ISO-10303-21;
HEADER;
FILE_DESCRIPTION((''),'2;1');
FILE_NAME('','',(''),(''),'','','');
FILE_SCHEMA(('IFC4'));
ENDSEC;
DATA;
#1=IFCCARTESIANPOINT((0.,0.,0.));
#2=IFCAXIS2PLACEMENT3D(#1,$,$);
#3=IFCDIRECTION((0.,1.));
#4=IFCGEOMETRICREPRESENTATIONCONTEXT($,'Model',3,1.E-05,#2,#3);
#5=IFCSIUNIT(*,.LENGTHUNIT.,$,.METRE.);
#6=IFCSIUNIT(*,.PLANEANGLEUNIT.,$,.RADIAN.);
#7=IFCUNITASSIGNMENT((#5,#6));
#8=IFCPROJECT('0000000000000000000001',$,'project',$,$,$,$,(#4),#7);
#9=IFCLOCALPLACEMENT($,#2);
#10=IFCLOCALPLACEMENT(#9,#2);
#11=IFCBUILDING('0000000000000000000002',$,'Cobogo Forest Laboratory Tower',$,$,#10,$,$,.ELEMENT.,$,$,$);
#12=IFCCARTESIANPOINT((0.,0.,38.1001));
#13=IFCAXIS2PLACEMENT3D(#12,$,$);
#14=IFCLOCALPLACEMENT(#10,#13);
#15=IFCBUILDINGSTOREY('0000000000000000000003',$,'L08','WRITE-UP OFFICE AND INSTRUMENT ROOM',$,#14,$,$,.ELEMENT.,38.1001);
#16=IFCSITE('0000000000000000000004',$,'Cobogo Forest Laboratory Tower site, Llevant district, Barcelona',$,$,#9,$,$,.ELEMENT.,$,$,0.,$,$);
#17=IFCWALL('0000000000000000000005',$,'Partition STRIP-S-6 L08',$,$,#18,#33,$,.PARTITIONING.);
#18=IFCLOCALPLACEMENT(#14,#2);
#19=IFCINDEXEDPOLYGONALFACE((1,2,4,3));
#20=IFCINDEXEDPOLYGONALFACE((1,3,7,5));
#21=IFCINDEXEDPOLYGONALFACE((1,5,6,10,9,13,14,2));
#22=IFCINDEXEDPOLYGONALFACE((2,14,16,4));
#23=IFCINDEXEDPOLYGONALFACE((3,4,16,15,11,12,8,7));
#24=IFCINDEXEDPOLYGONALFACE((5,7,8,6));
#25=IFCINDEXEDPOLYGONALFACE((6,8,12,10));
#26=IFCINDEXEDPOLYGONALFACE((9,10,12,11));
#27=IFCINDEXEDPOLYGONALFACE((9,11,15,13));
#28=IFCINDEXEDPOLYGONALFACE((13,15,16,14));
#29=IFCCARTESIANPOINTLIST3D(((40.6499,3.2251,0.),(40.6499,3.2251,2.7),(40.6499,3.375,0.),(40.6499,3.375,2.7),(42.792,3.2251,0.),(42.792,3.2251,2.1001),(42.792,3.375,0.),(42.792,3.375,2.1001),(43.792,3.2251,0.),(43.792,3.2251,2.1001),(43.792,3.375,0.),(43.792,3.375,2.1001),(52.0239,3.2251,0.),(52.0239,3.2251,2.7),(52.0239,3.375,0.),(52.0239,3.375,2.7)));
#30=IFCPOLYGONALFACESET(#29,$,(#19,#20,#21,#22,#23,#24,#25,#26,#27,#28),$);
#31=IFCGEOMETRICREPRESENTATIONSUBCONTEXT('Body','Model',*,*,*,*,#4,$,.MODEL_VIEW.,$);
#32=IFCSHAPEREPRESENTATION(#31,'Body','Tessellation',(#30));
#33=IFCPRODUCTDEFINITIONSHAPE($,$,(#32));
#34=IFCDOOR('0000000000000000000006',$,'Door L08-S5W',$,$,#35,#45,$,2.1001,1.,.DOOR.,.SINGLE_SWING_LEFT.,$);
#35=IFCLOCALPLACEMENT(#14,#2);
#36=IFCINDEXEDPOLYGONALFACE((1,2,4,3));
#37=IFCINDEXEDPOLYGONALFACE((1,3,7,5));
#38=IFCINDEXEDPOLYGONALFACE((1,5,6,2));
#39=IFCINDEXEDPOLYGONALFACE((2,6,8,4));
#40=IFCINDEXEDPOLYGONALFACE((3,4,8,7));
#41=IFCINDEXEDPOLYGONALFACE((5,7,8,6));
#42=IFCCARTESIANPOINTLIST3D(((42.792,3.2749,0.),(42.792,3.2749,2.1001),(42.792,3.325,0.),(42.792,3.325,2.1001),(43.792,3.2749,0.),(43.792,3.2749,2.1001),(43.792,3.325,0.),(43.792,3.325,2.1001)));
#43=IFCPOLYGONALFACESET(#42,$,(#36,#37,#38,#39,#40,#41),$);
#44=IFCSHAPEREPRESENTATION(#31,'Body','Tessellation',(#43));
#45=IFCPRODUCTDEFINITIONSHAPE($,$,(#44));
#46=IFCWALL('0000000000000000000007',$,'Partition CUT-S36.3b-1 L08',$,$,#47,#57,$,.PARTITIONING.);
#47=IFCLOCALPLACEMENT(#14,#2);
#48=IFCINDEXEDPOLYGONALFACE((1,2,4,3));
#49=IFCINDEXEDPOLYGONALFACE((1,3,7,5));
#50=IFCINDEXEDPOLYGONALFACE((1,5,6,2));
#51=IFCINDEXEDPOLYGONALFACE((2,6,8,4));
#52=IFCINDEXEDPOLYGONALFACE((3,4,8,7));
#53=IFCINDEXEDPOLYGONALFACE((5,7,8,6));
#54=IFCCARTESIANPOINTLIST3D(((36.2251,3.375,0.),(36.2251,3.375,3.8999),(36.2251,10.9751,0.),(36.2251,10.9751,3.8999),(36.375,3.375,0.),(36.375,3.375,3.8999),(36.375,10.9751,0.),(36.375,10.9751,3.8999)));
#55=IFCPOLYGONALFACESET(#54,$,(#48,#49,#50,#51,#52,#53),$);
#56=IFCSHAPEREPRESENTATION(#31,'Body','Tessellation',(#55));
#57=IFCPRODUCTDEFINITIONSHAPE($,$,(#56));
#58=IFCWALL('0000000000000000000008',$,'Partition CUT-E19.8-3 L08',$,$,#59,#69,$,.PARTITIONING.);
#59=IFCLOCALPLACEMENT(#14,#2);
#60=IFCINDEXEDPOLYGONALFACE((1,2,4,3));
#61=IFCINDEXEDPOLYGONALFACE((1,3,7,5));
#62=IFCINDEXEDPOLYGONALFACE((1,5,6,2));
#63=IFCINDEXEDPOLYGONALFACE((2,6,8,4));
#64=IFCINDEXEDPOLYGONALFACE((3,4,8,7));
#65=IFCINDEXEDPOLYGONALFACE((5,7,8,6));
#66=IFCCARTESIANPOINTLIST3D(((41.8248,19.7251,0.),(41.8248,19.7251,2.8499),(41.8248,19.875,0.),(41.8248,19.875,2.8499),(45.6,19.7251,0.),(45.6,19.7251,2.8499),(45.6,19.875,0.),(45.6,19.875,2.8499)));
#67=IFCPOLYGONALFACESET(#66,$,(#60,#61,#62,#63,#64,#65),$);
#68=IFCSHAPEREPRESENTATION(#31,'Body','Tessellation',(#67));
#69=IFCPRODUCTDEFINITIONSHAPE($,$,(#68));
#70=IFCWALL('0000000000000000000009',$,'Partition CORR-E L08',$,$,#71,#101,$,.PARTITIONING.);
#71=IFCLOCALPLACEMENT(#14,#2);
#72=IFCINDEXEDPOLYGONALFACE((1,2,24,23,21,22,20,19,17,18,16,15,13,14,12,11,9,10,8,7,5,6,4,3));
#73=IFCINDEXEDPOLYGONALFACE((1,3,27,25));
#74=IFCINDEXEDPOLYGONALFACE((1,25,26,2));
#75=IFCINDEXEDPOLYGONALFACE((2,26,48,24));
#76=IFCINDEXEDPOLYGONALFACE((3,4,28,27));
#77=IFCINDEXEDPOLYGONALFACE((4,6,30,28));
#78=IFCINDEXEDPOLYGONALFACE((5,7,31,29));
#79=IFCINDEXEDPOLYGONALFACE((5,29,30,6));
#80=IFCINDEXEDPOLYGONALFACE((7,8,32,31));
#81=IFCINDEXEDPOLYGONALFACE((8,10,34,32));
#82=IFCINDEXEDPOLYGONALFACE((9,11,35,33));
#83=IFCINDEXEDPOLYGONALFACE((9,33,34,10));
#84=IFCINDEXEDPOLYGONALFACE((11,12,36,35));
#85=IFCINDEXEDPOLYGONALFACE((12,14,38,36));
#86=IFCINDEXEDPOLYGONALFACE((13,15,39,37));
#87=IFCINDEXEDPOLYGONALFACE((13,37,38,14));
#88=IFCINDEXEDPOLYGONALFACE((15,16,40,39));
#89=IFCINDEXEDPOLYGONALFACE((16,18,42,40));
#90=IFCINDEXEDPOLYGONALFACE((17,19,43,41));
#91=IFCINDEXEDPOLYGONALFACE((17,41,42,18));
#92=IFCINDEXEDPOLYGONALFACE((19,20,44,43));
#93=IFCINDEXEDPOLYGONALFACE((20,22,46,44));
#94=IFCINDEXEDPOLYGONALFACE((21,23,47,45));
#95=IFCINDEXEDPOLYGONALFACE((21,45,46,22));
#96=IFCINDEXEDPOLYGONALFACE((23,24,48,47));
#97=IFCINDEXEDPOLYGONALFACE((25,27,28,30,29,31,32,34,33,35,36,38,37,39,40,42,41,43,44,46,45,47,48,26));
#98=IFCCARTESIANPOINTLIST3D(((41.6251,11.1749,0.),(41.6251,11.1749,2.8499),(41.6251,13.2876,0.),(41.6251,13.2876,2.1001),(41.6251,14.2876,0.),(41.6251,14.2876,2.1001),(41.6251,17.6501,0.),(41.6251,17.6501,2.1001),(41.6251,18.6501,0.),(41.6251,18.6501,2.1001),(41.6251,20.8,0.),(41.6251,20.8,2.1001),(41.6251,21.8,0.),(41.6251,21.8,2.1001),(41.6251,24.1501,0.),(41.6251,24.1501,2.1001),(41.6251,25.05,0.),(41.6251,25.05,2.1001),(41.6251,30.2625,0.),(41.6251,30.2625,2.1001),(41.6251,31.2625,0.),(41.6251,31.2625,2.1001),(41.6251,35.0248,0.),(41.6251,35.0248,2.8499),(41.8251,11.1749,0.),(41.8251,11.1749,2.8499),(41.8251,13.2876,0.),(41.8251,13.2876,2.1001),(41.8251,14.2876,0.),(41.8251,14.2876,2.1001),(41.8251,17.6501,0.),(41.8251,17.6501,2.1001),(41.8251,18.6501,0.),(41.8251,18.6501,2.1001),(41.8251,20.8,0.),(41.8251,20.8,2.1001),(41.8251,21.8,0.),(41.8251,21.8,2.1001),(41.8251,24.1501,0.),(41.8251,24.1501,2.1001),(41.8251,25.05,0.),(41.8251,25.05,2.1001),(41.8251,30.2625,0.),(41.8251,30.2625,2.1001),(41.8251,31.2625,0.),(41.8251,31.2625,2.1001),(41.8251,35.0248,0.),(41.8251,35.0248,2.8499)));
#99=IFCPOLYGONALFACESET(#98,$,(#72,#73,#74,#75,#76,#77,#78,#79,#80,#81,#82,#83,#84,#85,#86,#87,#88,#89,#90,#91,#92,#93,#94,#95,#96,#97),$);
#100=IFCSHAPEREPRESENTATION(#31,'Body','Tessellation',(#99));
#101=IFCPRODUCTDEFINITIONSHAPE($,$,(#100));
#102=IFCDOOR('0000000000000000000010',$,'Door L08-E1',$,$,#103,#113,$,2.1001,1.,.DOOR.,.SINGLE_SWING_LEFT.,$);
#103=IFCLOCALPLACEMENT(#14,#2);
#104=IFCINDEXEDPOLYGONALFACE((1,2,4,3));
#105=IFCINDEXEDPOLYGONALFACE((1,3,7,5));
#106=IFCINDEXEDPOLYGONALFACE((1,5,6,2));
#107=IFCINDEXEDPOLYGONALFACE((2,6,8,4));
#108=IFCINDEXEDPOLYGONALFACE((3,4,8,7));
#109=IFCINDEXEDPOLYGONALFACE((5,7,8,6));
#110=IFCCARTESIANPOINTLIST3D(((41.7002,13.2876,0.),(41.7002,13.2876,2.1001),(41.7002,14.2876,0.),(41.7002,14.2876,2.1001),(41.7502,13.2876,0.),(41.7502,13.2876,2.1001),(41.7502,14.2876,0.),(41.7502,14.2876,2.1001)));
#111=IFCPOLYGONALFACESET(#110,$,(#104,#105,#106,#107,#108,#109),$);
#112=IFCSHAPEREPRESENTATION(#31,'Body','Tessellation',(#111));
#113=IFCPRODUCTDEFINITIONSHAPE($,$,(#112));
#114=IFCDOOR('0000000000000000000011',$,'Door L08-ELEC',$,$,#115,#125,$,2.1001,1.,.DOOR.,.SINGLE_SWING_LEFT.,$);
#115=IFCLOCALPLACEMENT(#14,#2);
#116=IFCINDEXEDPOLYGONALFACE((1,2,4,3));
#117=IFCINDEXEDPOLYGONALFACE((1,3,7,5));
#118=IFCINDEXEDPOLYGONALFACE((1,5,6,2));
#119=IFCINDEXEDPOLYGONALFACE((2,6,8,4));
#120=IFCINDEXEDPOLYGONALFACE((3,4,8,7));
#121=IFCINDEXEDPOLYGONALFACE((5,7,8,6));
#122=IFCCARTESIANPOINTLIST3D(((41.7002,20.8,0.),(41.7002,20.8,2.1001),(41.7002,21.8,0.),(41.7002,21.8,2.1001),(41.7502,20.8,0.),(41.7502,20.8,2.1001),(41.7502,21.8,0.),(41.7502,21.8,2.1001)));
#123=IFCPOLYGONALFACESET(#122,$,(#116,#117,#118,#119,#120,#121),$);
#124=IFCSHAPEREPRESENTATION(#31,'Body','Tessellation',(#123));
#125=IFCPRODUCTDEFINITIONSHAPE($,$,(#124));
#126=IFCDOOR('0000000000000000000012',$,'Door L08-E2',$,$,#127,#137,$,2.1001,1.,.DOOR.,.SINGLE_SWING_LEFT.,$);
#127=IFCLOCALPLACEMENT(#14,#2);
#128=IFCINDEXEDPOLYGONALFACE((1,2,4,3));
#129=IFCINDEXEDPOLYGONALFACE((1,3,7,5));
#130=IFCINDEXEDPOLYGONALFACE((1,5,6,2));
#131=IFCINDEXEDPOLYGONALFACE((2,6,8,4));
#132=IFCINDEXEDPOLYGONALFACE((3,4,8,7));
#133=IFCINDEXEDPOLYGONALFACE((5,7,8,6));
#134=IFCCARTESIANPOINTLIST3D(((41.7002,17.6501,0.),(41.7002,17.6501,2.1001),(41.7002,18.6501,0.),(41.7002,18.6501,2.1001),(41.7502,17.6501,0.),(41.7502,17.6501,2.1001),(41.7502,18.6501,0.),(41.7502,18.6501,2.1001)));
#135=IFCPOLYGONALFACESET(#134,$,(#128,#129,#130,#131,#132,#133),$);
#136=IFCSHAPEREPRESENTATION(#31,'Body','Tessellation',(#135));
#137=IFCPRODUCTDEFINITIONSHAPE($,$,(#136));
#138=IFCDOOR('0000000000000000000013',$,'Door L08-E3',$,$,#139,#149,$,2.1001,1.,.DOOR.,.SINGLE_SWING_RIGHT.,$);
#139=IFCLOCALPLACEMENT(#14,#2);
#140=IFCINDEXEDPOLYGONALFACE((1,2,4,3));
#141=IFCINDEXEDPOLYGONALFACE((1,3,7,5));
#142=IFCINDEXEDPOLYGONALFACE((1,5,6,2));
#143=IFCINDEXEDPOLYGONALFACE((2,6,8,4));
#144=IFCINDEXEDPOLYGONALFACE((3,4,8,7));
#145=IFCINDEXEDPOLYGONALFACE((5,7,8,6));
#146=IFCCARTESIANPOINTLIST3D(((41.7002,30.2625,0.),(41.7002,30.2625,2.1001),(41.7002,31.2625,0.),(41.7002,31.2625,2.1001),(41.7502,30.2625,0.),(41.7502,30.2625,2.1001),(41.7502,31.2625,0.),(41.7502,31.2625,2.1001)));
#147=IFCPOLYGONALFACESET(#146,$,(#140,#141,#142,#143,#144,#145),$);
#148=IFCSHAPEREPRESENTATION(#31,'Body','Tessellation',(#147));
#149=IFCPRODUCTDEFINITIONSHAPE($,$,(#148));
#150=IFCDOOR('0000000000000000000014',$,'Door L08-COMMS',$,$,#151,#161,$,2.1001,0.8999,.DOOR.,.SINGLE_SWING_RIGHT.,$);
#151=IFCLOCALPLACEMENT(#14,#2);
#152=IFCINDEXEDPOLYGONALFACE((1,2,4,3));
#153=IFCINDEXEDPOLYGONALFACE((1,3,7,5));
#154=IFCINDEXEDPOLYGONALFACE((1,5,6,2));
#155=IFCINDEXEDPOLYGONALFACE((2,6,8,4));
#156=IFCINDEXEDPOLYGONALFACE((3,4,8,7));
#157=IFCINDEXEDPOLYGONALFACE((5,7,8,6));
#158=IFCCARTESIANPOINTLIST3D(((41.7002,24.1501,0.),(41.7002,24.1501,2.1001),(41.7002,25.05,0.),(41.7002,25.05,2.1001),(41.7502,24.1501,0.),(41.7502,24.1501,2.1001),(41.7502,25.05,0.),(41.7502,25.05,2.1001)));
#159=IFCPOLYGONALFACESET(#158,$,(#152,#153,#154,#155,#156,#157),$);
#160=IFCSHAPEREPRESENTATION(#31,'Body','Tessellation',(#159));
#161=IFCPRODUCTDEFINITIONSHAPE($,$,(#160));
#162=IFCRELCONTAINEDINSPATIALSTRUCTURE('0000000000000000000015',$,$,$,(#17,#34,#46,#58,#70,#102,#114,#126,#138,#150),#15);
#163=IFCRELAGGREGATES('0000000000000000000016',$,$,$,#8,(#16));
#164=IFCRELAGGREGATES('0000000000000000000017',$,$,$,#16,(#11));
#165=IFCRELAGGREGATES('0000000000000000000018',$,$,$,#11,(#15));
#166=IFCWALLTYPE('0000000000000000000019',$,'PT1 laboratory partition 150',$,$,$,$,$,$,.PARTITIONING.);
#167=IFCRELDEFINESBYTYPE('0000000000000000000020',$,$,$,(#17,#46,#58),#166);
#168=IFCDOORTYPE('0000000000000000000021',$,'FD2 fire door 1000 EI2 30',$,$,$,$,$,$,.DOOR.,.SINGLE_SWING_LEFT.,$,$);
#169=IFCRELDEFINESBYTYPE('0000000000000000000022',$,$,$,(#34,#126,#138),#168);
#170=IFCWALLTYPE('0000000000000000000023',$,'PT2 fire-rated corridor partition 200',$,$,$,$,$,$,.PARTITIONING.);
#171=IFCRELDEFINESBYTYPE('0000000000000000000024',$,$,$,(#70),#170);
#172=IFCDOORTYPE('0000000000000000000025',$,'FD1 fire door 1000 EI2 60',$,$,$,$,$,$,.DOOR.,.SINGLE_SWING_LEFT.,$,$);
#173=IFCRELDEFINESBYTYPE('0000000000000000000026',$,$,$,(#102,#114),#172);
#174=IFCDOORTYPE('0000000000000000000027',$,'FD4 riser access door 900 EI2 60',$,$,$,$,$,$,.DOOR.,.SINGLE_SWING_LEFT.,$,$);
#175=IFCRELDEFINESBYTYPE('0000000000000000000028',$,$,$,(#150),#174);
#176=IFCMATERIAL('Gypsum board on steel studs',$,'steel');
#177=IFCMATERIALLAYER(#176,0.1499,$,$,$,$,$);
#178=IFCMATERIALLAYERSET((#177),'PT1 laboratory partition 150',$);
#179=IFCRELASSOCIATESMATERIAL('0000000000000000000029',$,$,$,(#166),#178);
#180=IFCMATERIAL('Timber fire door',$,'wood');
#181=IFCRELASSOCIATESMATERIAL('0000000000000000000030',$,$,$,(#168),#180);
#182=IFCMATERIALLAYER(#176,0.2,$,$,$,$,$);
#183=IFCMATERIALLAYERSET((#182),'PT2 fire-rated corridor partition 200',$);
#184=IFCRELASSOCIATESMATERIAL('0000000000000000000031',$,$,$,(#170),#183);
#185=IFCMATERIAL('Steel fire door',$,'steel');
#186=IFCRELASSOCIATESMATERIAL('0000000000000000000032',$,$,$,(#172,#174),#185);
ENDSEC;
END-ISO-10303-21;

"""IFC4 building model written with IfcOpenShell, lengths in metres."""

from ifc_helpers import new_model, si_unit, direction, frame, frame_2d, origin, place, context, subcontext, project, spatial, rectangle, extrude, material, layer, layer_set, type_object, element, fill, save


model = new_model("IFC4")

# Units and contexts
model_context = context("Model", 3, precision=1e-05, world=origin(), true_north=direction((0.0, 1.0)))
body_context = subcontext(model_context, "Body", "Model", "MODEL_VIEW")
ifc_project = project(units=[si_unit("LENGTHUNIT", "METRE"), si_unit("PLANEANGLEUNIT", "RADIAN")], contexts=[model_context])

# Site, building, storey
site_placement = place(None, origin())
site = spatial("IfcSite", under=ifc_project, at=site_placement, Name="Cobogo Forest Laboratory Tower site, Llevant district, Barcelona", CompositionType="ELEMENT", RefElevation=0.0)
building_placement = place(site_placement, origin())
building = spatial("IfcBuilding", under=site, at=building_placement, Name="Cobogo Forest Laboratory Tower", CompositionType="ELEMENT")
storey_placement = place(building_placement, frame((0.0, 0.0, 38.1001)))
storey = spatial("IfcBuildingStorey", under=building, at=storey_placement, Name="L08", Description="WRITE-UP OFFICE AND INSTRUMENT ROOM", CompositionType="ELEMENT", Elevation=38.1001)

# Shared definitions
ifc_material_1 = material(Name="Steel fire door", Category="steel")

# Shared definitions
ifc_material_2 = material(Name="Gypsum board on steel studs", Category="steel")
ifc_layer_1 = layer(ifc_material_2, 0.1499)
ifc_layer_set_1 = layer_set([ifc_layer_1], Name="PT1 laboratory partition 150")
wall_type_1 = type_object("IfcWallType", Name="PT1 laboratory partition 150", PredefinedType="PARTITIONING", material=ifc_layer_set_1)

# Wall, opening, door
wall_1_placement = place(storey_placement, frame((40.6499, 3.3, 0.0), z_axis=(0.0, 0.0, 1.0), x_axis=(1.0, 0.0, 0.0)))
wall_1 = element("IfcWall", 1, at=wall_1_placement, inside=storey, type_object=wall_type_1, Name="Partition STRIP-S-6 L08", PredefinedType="PARTITIONING", context=body_context, shape_type="SweptSolid", body=[
    extrude(rectangle(XDim=11.374, YDim=0.1499, at=frame_2d((5.687, 0.0))), origin(), (0.0, 0.0, 1.0), 2.7),
])
opening_1_placement = place(wall_1_placement, frame((2.1421, 0.0, 0.0)))
opening_1 = element("IfcOpeningElement", 2, at=opening_1_placement, cuts=wall_1, PredefinedType="OPENING", context=body_context, shape_type="SweptSolid", body=[
    extrude(rectangle(XDim=1.0, YDim=2.1001, at=frame_2d((0.5, 1.05))), frame((0.0, 0.085, 0.0), z_axis=(0.0, -1.0, 0.0), x_axis=(1.0, 0.0, 0.0)), (0.0, 0.0, 1.0), 0.1699),
])
ifc_material_3 = material(Name="Timber fire door", Category="wood")
door_type_1 = type_object("IfcDoorType", Name="FD2 fire door 1000 EI2 30", OperationType="SINGLE_SWING_LEFT", PredefinedType="DOOR", material=ifc_material_3)
door_1_placement = place(opening_1_placement, origin())
door_1 = element("IfcDoor", 3, at=door_1_placement, inside=storey, type_object=door_type_1, Name="Door L08-S5W", OperationType="SINGLE_SWING_LEFT", OverallHeight=2.1001, OverallWidth=1.0, PredefinedType="DOOR", context=body_context, shape_type="SweptSolid", body=[
    extrude(rectangle(XDim=1.0, YDim=2.1001, at=frame_2d((0.5, 1.05))), frame((0.0, 0.0249, 0.0), z_axis=(0.0, -1.0, 0.0), x_axis=(1.0, 0.0, 0.0)), (0.0, 0.0, 1.0), 0.05),
])
fill(opening_1, door_1)

# Walls
wall_2_placement = place(storey_placement, frame((36.3, 3.375, 0.0), z_axis=(0.0, 0.0, 1.0), x_axis=(0.0, 1.0, 0.0)))
element("IfcWall", 4, at=wall_2_placement, inside=storey, type_object=wall_type_1, Name="Partition CUT-S36.3b-1 L08", PredefinedType="PARTITIONING", context=body_context, shape_type="SweptSolid", body=[
    extrude(rectangle(XDim=7.6001, YDim=0.1499, at=frame_2d((3.8, 0.0))), origin(), (0.0, 0.0, 1.0), 3.8999),
])
wall_3_placement = place(storey_placement, frame((45.6001, 19.8, 0.0), z_axis=(0.0, 0.0, 1.0), x_axis=(-1.0, 0.0, 0.0)))
element("IfcWall", 5, at=wall_3_placement, inside=storey, type_object=wall_type_1, Name="Partition CUT-E19.8-3 L08", PredefinedType="PARTITIONING", context=body_context, shape_type="SweptSolid", body=[
    extrude(rectangle(XDim=3.7751, YDim=0.1499, at=frame_2d((1.8877, 0.0))), origin(), (0.0, 0.0, 1.0), 2.8499),
])

# Wall, openings, doors
ifc_layer_2 = layer(ifc_material_2, 0.2)
ifc_layer_set_2 = layer_set([ifc_layer_2], Name="PT2 fire-rated corridor partition 200")
wall_type_2 = type_object("IfcWallType", Name="PT2 fire-rated corridor partition 200", PredefinedType="PARTITIONING", material=ifc_layer_set_2)
wall_4_placement = place(storey_placement, frame((41.7251, 11.175, 0.0), z_axis=(0.0, 0.0, 1.0), x_axis=(0.0, 1.0, 0.0)))
wall_4 = element("IfcWall", 6, at=wall_4_placement, inside=storey, type_object=wall_type_2, Name="Partition CORR-E L08", PredefinedType="PARTITIONING", context=body_context, shape_type="SweptSolid", body=[
    extrude(rectangle(XDim=23.8499, YDim=0.2, at=frame_2d((11.9248, 0.0))), origin(), (0.0, 0.0, 1.0), 2.8499),
])
opening_2_placement = place(wall_4_placement, frame((2.1125, 0.0, 0.0)))
opening_2 = element("IfcOpeningElement", 7, at=opening_2_placement, cuts=wall_4, PredefinedType="OPENING", context=body_context, shape_type="SweptSolid", body=[
    extrude(rectangle(XDim=1.0, YDim=2.1001, at=frame_2d((0.5, 1.05))), frame((0.0, 0.1099, 0.0), z_axis=(0.0, -1.0, 0.0), x_axis=(1.0, 0.0, 0.0)), (0.0, 0.0, 1.0), 0.22),
])
opening_3_placement = place(wall_4_placement, frame((6.4751, 0.0, 0.0)))
opening_3 = element("IfcOpeningElement", 8, at=opening_3_placement, cuts=wall_4, PredefinedType="OPENING", context=body_context, shape_type="SweptSolid", body=[
    extrude(rectangle(XDim=1.0, YDim=2.1001, at=frame_2d((0.5, 1.05))), frame((0.0, 0.1099, 0.0), z_axis=(0.0, -1.0, 0.0), x_axis=(1.0, 0.0, 0.0)), (0.0, 0.0, 1.0), 0.22),
])
opening_4_placement = place(wall_4_placement, frame((9.625, 0.0, 0.0)))
opening_4 = element("IfcOpeningElement", 9, at=opening_4_placement, cuts=wall_4, PredefinedType="OPENING", context=body_context, shape_type="SweptSolid", body=[
    extrude(rectangle(XDim=1.0, YDim=2.1001, at=frame_2d((0.5, 1.05))), frame((0.0, 0.1099, 0.0), z_axis=(0.0, -1.0, 0.0), x_axis=(1.0, 0.0, 0.0)), (0.0, 0.0, 1.0), 0.22),
])
opening_5_placement = place(wall_4_placement, frame((12.9751, 0.0, 0.0)))
opening_5 = element("IfcOpeningElement", 10, at=opening_5_placement, cuts=wall_4, PredefinedType="OPENING", context=body_context, shape_type="SweptSolid", body=[
    extrude(rectangle(XDim=0.8999, YDim=2.1001, at=frame_2d((0.45, 1.05))), frame((0.0, 0.1099, 0.0), z_axis=(0.0, -1.0, 0.0), x_axis=(1.0, 0.0, 0.0)), (0.0, 0.0, 1.0), 0.22),
])
opening_6_placement = place(wall_4_placement, frame((19.0874, 0.0, 0.0)))
opening_6 = element("IfcOpeningElement", 11, at=opening_6_placement, cuts=wall_4, PredefinedType="OPENING", context=body_context, shape_type="SweptSolid", body=[
    extrude(rectangle(XDim=1.0, YDim=2.1001, at=frame_2d((0.5, 1.05))), frame((0.0, 0.1099, 0.0), z_axis=(0.0, -1.0, 0.0), x_axis=(1.0, 0.0, 0.0)), (0.0, 0.0, 1.0), 0.22),
])
door_type_2 = type_object("IfcDoorType", Name="FD1 fire door 1000 EI2 60", OperationType="SINGLE_SWING_LEFT", PredefinedType="DOOR", material=ifc_material_1)
door_2_placement = place(opening_2_placement, origin())
door_2 = element("IfcDoor", 12, at=door_2_placement, inside=storey, type_object=door_type_2, Name="Door L08-E1", OperationType="SINGLE_SWING_LEFT", OverallHeight=2.1001, OverallWidth=1.0, PredefinedType="DOOR", context=body_context, shape_type="SweptSolid", body=[
    extrude(rectangle(XDim=1.0, YDim=2.1001, at=frame_2d((0.5, 1.05))), frame((0.0, 0.0249, 0.0), z_axis=(0.0, -1.0, 0.0), x_axis=(1.0, 0.0, 0.0)), (0.0, 0.0, 1.0), 0.05),
])
fill(opening_2, door_2)
door_3_placement = place(opening_4_placement, origin())
door_3 = element("IfcDoor", 13, at=door_3_placement, inside=storey, type_object=door_type_2, Name="Door L08-ELEC", OperationType="SINGLE_SWING_LEFT", OverallHeight=2.1001, OverallWidth=1.0, PredefinedType="DOOR", context=body_context, shape_type="SweptSolid", body=[
    extrude(rectangle(XDim=1.0, YDim=2.1001, at=frame_2d((0.5, 1.05))), frame((0.0, 0.0249, 0.0), z_axis=(0.0, -1.0, 0.0), x_axis=(1.0, 0.0, 0.0)), (0.0, 0.0, 1.0), 0.05),
])
fill(opening_4, door_3)
door_4_placement = place(opening_3_placement, origin())
door_4 = element("IfcDoor", 14, at=door_4_placement, inside=storey, type_object=door_type_1, Name="Door L08-E2", OperationType="SINGLE_SWING_LEFT", OverallHeight=2.1001, OverallWidth=1.0, PredefinedType="DOOR", context=body_context, shape_type="SweptSolid", body=[
    extrude(rectangle(XDim=1.0, YDim=2.1001, at=frame_2d((0.5, 1.05))), frame((0.0, 0.0249, 0.0), z_axis=(0.0, -1.0, 0.0), x_axis=(1.0, 0.0, 0.0)), (0.0, 0.0, 1.0), 0.05),
])
fill(opening_3, door_4)
door_5_placement = place(opening_6_placement, origin())
door_5 = element("IfcDoor", 15, at=door_5_placement, inside=storey, type_object=door_type_1, Name="Door L08-E3", OperationType="SINGLE_SWING_RIGHT", OverallHeight=2.1001, OverallWidth=1.0, PredefinedType="DOOR", context=body_context, shape_type="SweptSolid", body=[
    extrude(rectangle(XDim=1.0, YDim=2.1001, at=frame_2d((0.5, 1.05))), frame((0.0, 0.0249, 0.0), z_axis=(0.0, -1.0, 0.0), x_axis=(1.0, 0.0, 0.0)), (0.0, 0.0, 1.0), 0.05),
])
fill(opening_6, door_5)
door_type_3 = type_object("IfcDoorType", Name="FD4 riser access door 900 EI2 60", OperationType="SINGLE_SWING_LEFT", PredefinedType="DOOR", material=ifc_material_1)
door_6_placement = place(opening_5_placement, origin())
door_6 = element("IfcDoor", 16, at=door_6_placement, inside=storey, type_object=door_type_3, Name="Door L08-COMMS", OperationType="SINGLE_SWING_RIGHT", OverallHeight=2.1001, OverallWidth=0.8999, PredefinedType="DOOR", context=body_context, shape_type="SweptSolid", body=[
    extrude(rectangle(XDim=0.8999, YDim=2.1001, at=frame_2d((0.45, 1.05))), frame((0.0, 0.0249, 0.0), z_axis=(0.0, -1.0, 0.0), x_axis=(1.0, 0.0, 0.0)), (0.0, 0.0, 1.0), 0.05),
])
fill(opening_5, door_6)

save(model, "model.ifc")
